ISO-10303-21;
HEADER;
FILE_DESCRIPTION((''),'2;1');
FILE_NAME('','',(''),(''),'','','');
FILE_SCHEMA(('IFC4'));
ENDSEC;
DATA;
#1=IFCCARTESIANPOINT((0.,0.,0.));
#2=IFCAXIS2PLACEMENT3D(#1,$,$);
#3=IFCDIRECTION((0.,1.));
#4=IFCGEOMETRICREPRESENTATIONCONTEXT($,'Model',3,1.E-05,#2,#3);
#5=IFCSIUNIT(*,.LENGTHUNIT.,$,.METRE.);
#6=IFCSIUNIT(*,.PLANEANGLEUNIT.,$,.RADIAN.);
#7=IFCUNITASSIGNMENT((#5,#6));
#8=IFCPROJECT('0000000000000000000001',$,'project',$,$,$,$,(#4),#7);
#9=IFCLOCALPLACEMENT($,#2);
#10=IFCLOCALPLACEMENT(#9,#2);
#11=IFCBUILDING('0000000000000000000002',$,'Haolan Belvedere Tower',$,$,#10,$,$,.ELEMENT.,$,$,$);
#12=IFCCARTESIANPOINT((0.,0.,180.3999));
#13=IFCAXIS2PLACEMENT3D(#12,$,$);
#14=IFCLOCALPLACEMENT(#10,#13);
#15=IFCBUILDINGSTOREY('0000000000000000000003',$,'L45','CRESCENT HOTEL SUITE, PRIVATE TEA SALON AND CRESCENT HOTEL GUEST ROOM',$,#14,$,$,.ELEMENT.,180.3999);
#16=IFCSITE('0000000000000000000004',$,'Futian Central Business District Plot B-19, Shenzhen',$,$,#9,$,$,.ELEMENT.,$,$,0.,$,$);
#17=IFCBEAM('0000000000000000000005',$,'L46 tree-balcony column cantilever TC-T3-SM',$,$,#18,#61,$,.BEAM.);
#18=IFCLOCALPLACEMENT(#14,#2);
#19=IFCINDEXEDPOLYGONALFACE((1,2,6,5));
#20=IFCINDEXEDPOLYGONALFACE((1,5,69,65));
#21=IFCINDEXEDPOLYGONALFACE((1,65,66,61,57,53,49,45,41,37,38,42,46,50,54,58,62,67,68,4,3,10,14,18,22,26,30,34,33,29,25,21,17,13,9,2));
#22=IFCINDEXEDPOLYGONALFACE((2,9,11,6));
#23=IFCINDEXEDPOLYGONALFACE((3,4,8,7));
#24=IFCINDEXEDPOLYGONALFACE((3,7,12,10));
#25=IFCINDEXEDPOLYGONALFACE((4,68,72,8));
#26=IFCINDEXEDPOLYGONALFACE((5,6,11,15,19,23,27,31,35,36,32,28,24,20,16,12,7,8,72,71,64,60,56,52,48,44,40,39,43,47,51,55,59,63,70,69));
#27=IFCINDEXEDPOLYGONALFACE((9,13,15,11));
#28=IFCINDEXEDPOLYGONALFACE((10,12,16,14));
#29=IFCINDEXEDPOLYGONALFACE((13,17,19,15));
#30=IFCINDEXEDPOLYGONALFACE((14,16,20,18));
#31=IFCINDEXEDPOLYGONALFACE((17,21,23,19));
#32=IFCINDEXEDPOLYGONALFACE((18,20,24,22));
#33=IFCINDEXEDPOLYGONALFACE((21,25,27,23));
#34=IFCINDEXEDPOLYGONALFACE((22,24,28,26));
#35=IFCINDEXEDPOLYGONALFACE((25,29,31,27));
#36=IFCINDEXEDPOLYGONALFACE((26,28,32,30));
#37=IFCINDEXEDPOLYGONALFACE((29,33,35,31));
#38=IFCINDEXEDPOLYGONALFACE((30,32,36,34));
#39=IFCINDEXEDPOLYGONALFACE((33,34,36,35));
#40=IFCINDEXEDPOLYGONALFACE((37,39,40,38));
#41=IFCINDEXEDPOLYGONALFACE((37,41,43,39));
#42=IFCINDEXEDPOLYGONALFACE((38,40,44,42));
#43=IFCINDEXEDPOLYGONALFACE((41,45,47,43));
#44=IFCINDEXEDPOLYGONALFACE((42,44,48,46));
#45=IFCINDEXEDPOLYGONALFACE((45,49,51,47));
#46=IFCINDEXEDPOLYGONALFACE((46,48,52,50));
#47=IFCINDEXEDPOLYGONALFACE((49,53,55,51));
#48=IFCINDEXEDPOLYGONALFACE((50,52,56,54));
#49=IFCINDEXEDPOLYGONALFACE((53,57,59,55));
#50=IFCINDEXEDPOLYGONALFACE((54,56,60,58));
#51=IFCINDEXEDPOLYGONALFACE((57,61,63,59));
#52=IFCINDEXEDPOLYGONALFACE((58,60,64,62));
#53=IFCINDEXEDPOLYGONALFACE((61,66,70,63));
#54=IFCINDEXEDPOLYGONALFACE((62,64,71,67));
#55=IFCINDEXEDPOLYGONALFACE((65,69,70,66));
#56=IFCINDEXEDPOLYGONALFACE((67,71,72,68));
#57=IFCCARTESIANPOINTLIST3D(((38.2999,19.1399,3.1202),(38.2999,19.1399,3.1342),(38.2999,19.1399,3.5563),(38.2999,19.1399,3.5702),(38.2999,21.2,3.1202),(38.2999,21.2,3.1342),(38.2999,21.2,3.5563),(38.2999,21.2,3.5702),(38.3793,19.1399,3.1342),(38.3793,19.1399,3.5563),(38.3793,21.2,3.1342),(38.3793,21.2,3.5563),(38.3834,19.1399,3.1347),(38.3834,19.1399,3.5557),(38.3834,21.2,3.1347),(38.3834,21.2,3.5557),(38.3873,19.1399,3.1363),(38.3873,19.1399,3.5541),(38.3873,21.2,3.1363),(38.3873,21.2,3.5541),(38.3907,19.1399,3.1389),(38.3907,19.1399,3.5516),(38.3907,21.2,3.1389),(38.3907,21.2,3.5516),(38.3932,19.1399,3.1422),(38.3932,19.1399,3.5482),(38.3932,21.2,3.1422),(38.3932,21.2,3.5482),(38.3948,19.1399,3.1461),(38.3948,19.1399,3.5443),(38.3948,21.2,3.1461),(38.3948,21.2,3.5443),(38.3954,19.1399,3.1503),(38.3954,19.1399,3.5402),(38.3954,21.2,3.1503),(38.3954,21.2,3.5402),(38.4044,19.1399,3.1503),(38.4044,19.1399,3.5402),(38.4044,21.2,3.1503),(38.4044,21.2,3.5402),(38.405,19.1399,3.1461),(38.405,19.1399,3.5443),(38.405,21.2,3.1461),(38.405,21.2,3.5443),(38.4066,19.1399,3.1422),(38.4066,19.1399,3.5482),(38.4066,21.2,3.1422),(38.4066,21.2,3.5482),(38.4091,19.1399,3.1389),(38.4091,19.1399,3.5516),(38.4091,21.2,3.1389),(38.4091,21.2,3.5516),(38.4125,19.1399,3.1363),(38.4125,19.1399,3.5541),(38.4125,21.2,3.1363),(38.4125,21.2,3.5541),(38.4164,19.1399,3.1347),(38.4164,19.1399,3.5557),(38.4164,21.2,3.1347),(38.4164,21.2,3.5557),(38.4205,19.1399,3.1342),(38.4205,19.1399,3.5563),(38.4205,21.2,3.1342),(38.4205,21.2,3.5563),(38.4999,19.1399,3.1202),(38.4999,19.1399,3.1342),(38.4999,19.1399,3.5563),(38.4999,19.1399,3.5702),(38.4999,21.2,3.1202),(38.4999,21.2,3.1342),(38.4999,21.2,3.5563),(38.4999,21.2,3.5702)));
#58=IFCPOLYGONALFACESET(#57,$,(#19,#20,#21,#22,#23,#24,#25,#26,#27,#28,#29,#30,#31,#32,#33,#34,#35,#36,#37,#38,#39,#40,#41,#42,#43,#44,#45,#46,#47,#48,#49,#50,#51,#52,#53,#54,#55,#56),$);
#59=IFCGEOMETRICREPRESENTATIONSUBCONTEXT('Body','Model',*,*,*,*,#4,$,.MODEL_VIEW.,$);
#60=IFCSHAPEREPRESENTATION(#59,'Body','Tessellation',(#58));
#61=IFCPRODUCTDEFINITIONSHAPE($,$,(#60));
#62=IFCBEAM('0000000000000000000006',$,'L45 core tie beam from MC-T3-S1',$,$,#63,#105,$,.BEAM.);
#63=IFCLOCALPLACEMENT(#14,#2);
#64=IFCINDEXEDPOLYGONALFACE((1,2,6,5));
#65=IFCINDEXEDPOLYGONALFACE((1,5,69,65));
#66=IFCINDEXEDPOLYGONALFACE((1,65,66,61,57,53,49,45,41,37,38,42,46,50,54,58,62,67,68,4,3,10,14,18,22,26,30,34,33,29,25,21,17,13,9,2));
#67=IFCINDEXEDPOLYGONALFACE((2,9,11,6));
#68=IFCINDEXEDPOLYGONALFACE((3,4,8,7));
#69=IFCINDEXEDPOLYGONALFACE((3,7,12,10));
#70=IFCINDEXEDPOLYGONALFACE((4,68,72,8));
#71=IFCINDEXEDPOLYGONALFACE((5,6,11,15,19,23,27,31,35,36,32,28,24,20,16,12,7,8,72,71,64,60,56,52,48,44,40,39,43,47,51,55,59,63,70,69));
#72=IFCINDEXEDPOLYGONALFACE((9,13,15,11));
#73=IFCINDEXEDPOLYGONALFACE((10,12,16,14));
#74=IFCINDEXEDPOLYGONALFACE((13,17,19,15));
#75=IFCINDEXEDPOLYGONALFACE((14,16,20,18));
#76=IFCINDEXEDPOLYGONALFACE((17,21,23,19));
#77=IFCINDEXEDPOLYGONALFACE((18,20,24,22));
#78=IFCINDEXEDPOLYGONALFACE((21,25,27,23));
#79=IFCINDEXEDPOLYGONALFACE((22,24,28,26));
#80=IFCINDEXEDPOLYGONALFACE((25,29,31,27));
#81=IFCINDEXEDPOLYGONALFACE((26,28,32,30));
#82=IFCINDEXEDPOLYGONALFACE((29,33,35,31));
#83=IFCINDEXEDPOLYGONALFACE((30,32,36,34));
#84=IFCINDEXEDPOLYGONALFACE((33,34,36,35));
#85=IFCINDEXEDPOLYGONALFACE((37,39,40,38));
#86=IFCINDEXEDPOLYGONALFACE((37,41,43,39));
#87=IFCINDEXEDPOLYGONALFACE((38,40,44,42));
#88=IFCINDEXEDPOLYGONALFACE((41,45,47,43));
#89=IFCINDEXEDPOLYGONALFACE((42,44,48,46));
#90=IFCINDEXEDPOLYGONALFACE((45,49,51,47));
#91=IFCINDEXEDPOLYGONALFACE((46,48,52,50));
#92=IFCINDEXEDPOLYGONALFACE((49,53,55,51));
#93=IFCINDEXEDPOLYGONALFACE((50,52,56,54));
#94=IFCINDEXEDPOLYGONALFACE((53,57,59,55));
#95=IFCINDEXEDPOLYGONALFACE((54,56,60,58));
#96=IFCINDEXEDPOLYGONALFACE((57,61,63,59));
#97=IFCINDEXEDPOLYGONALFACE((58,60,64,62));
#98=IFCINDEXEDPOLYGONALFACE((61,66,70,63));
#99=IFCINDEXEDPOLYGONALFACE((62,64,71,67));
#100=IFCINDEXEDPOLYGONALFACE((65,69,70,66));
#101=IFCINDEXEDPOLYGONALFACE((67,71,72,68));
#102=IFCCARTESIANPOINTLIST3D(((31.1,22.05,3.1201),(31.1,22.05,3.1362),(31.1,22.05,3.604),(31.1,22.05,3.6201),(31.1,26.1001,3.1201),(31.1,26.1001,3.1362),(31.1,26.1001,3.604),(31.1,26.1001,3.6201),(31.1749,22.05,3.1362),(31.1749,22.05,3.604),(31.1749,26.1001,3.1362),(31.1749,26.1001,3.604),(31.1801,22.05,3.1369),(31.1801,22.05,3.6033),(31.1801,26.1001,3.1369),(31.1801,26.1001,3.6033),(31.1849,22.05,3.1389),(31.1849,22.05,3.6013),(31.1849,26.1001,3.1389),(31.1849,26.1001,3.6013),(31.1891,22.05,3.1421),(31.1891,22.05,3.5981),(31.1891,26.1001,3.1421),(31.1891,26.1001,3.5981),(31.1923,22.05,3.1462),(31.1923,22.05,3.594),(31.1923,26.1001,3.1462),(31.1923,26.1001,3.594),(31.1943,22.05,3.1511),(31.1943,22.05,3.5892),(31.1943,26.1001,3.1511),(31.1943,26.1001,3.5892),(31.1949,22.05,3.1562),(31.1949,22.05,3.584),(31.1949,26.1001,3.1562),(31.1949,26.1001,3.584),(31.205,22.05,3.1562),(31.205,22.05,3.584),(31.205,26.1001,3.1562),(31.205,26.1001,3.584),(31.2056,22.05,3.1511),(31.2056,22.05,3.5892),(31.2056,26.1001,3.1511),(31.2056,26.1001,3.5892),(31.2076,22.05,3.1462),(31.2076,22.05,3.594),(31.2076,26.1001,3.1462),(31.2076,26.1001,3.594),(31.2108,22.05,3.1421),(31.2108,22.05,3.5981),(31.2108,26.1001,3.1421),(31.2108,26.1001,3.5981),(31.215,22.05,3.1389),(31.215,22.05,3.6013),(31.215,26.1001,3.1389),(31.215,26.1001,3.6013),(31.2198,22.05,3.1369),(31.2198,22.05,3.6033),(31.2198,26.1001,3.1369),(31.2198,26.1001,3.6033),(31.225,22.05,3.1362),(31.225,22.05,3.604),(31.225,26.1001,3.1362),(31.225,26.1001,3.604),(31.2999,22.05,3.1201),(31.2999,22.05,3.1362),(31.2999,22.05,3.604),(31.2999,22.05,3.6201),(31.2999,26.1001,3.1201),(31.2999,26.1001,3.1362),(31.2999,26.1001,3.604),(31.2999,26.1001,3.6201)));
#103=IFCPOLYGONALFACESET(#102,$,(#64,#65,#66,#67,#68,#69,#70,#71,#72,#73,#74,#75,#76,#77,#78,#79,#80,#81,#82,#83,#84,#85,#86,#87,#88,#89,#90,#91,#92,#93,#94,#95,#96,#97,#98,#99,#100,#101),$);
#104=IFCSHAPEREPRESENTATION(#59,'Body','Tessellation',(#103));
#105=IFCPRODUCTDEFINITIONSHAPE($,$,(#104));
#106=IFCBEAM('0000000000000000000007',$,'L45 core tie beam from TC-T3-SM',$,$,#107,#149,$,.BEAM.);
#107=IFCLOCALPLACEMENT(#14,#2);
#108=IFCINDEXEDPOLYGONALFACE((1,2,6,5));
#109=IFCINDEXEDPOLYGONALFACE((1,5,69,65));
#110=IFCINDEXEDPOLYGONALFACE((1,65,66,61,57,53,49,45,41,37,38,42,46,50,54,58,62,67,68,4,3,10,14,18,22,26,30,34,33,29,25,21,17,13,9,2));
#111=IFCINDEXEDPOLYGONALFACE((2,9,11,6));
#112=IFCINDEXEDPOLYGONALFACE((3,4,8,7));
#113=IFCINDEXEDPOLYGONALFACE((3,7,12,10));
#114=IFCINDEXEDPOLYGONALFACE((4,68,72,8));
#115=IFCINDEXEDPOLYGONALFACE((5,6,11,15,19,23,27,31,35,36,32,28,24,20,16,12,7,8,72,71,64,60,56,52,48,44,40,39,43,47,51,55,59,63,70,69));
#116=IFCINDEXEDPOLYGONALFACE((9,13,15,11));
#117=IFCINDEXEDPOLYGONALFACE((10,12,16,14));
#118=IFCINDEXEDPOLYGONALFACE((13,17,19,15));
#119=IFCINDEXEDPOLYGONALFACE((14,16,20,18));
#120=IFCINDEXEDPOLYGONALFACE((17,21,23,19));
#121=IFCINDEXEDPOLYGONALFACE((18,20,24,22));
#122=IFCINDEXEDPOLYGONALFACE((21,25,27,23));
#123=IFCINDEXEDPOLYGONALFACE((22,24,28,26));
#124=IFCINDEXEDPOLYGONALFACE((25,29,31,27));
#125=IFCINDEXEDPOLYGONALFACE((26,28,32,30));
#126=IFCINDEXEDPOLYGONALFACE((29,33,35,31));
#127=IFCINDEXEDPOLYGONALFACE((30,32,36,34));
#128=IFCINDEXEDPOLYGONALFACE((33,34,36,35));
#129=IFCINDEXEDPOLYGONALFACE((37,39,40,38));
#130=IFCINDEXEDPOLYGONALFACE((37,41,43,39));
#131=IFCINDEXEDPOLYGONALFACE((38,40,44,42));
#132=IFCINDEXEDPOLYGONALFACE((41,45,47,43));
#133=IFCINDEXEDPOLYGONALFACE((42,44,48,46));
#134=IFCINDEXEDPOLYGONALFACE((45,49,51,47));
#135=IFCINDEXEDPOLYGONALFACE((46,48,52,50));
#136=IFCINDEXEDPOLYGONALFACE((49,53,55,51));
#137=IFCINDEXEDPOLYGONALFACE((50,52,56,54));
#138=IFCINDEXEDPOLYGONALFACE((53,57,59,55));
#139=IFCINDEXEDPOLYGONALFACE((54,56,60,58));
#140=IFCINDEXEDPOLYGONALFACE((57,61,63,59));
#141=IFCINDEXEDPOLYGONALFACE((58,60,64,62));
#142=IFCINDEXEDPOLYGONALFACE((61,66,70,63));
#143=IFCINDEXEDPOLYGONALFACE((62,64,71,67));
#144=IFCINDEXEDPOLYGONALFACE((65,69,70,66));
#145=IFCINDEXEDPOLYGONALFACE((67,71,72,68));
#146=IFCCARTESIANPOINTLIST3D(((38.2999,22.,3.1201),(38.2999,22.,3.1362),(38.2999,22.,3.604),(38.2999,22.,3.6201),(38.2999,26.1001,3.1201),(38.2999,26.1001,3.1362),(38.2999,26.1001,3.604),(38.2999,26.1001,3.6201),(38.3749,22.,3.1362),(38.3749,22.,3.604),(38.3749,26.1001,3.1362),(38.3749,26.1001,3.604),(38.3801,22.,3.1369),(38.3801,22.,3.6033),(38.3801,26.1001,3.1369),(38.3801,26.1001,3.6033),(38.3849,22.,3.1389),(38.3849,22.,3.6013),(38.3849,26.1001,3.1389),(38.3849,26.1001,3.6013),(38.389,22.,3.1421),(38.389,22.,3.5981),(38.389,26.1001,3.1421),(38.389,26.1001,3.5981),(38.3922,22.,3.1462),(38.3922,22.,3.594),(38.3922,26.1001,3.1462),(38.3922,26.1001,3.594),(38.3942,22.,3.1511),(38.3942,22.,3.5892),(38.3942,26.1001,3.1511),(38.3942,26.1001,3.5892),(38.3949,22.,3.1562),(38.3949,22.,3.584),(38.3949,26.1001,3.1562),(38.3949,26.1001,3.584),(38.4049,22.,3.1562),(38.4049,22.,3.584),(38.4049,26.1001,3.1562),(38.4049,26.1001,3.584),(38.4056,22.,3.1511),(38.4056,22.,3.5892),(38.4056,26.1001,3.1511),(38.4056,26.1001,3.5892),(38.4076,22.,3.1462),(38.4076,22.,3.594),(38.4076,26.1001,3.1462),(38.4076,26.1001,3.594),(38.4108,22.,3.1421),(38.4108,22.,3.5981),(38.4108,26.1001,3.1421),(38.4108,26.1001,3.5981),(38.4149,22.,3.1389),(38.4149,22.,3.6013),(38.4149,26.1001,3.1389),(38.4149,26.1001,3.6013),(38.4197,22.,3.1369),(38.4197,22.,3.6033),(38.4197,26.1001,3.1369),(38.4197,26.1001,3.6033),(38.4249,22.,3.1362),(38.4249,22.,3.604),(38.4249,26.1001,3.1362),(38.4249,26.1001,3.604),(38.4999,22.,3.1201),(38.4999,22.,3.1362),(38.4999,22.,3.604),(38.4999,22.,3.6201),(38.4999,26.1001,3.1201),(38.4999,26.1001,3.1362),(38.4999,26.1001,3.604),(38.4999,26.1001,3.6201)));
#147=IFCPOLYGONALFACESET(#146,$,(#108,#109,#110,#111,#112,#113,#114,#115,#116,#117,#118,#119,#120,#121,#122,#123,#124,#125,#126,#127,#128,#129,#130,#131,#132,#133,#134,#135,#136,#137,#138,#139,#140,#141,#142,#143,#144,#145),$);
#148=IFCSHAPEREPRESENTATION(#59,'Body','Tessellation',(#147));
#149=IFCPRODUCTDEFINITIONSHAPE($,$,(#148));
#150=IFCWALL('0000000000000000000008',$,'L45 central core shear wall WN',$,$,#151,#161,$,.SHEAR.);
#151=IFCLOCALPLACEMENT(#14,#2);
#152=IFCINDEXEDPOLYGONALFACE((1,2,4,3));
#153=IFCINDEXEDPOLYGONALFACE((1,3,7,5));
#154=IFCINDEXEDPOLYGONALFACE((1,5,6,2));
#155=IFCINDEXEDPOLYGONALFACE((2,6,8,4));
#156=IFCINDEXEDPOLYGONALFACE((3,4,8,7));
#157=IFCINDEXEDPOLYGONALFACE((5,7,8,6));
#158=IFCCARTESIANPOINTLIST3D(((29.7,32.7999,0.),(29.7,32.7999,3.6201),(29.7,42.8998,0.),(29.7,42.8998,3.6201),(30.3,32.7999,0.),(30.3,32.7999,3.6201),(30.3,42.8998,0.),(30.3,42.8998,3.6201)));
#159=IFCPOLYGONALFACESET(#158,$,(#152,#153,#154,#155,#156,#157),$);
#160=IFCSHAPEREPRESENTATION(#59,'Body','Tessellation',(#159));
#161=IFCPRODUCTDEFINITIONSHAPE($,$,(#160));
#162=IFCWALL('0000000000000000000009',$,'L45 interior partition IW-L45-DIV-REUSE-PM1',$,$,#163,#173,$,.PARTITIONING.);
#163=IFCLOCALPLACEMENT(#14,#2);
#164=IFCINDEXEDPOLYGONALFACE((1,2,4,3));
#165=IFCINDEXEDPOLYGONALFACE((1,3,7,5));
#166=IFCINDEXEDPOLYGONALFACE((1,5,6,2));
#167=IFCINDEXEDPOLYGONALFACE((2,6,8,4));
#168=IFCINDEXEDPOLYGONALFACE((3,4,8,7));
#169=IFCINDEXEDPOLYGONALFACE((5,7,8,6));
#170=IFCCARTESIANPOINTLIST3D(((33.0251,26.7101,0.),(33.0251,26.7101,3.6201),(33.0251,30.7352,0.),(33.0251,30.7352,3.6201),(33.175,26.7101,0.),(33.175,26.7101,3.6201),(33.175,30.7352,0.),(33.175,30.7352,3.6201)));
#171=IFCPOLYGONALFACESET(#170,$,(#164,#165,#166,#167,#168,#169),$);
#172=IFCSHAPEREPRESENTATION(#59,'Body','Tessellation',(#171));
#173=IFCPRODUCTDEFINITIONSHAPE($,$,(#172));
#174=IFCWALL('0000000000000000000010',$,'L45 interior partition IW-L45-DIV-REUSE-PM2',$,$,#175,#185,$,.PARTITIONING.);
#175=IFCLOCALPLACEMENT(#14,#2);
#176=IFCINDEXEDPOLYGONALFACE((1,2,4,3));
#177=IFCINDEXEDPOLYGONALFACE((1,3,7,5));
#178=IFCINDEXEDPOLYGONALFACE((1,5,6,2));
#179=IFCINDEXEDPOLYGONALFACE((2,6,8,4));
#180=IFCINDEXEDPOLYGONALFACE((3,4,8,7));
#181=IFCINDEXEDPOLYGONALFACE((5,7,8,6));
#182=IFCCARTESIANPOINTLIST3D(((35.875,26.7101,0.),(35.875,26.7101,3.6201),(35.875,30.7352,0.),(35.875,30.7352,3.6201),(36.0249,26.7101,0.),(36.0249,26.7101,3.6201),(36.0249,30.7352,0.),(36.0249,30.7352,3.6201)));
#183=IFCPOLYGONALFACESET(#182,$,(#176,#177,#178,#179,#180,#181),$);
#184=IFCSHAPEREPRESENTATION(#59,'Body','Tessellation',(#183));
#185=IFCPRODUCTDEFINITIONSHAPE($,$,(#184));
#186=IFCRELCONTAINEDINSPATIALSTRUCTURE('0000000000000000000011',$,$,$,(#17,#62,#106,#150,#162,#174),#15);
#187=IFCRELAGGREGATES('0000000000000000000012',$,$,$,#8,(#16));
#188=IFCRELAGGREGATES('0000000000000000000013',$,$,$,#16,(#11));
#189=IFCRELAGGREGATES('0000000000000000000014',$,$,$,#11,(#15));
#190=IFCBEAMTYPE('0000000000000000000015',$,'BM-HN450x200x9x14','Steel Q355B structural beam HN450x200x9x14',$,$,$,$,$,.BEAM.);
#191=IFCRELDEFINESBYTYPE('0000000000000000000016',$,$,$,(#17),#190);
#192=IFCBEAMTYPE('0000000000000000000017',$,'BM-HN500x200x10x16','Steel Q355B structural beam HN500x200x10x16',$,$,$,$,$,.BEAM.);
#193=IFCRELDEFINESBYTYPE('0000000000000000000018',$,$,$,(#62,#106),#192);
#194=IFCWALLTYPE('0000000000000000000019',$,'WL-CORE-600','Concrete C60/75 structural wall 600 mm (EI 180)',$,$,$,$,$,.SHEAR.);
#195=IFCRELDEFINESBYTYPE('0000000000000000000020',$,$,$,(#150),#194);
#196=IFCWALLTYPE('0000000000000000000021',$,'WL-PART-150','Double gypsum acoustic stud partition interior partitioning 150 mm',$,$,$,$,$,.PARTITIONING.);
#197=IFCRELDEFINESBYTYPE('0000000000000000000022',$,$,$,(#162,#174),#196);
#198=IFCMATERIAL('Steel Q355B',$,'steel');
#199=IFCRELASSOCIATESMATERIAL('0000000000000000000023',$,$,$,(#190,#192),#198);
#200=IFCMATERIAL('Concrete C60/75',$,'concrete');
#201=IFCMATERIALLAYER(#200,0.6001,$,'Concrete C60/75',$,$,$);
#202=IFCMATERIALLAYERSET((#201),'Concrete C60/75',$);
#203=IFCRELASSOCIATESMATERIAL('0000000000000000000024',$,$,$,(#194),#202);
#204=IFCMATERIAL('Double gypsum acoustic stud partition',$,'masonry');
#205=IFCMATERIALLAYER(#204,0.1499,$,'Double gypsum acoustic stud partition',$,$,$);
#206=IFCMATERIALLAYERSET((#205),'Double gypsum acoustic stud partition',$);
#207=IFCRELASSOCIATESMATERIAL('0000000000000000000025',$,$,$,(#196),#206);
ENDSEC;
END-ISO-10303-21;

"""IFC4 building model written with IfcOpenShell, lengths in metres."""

from ifc_helpers import new_model, si_unit, direction, frame, frame_2d, origin, origin_2d, place, context, subcontext, project, spatial, rectangle, i_section, extrude, material, layer, layer_set, material_profile, profile_set, type_object, element, save


model = new_model("IFC4")

# Units and contexts
model_context = context("Model", 3, precision=1e-05, world=origin(), true_north=direction((0.0, 1.0)))
body_context = subcontext(model_context, "Body", "Model", "MODEL_VIEW")
ifc_project = project(units=[si_unit("LENGTHUNIT", "METRE"), si_unit("PLANEANGLEUNIT", "RADIAN")], contexts=[model_context])

# Site, building, storey
site_placement = place(None, origin())
site = spatial("IfcSite", under=ifc_project, at=site_placement, Name="Futian Central Business District Plot B-19, Shenzhen", CompositionType="ELEMENT", RefElevation=0.0)
building_placement = place(site_placement, origin())
building = spatial("IfcBuilding", under=site, at=building_placement, Name="Haolan Belvedere Tower", CompositionType="ELEMENT")
storey_placement = place(building_placement, frame((0.0, 0.0, 180.3999)))
storey = spatial("IfcBuildingStorey", under=building, at=storey_placement, Name="L45", Description="CRESCENT HOTEL SUITE, PRIVATE TEA SALON AND CRESCENT HOTEL GUEST ROOM", CompositionType="ELEMENT", Elevation=180.3999)

# Beams
ifc_material_1 = material(Name="Steel Q355B", Category="steel")
ifc_material_profile_1 = material_profile(ifc_material_1, i_section(OverallWidth=0.2, OverallDepth=0.45, WebThickness=0.009, FlangeThickness=0.0139, FilletRadius=0.0161, at=origin_2d()), Name="Steel Q355B")
ifc_profile_set_1 = profile_set([ifc_material_profile_1], Name="Steel Q355B")
beam_type_1 = type_object("IfcBeamType", Name="BM-HN450x200x9x14", Description="Steel Q355B structural beam HN450x200x9x14", PredefinedType="BEAM", material=ifc_profile_set_1)
beam_1_placement = place(storey_placement, frame((38.3999, 21.2, 3.3452), z_axis=(0.0, -1.0, 0.0), x_axis=(1.0, 0.0, 0.0)))
element("IfcBeam", 1, at=beam_1_placement, inside=storey, type_object=beam_type_1, Name="L46 tree-balcony column cantilever TC-T3-SM", PredefinedType="BEAM", context=body_context, shape_type="SweptSolid", body=[
    extrude(i_section(OverallWidth=0.2, OverallDepth=0.45, WebThickness=0.009, FlangeThickness=0.0139, FilletRadius=0.0161, at=origin_2d()), origin(), (0.0, 0.0, 1.0), 2.0601),
])
ifc_material_profile_2 = material_profile(ifc_material_1, i_section(OverallWidth=0.2, OverallDepth=0.5, WebThickness=0.01, FlangeThickness=0.0161, FilletRadius=0.02, at=origin_2d()), Name="Steel Q355B")
ifc_profile_set_2 = profile_set([ifc_material_profile_2], Name="Steel Q355B")
beam_type_2 = type_object("IfcBeamType", Name="BM-HN500x200x10x16", Description="Steel Q355B structural beam HN500x200x10x16", PredefinedType="BEAM", material=ifc_profile_set_2)
beam_2_placement = place(storey_placement, frame((31.2, 22.05, 3.3701), z_axis=(0.0, 1.0, 0.0), x_axis=(-1.0, 0.0, 0.0)))
element("IfcBeam", 2, at=beam_2_placement, inside=storey, type_object=beam_type_2, Name="L45 core tie beam from MC-T3-S1", PredefinedType="BEAM", context=body_context, shape_type="SweptSolid", body=[
    extrude(i_section(OverallWidth=0.2, OverallDepth=0.5, WebThickness=0.01, FlangeThickness=0.0161, FilletRadius=0.02, at=origin_2d()), origin(), (0.0, 0.0, 1.0), 4.05),
])
beam_3_placement = place(storey_placement, frame((38.3999, 22.0, 3.3701), z_axis=(0.0, 1.0, 0.0), x_axis=(-1.0, 0.0, 0.0)))
element("IfcBeam", 3, at=beam_3_placement, inside=storey, type_object=beam_type_2, Name="L45 core tie beam from TC-T3-SM", PredefinedType="BEAM", context=body_context, shape_type="SweptSolid", body=[
    extrude(i_section(OverallWidth=0.2, OverallDepth=0.5, WebThickness=0.01, FlangeThickness=0.0161, FilletRadius=0.02, at=origin_2d()), origin(), (0.0, 0.0, 1.0), 4.1001),
])

# Walls
ifc_material_2 = material(Name="Concrete C60/75", Category="concrete")
ifc_layer_1 = layer(ifc_material_2, 0.6001, Name="Concrete C60/75")
ifc_layer_set_1 = layer_set([ifc_layer_1], Name="Concrete C60/75")
wall_type_1 = type_object("IfcWallType", Name="WL-CORE-600", Description="Concrete C60/75 structural wall 600 mm (EI 180)", PredefinedType="SHEAR", material=ifc_layer_set_1)
wall_1_placement = place(storey_placement, frame((30.0, 32.8, 0.0), z_axis=(0.0, 0.0, 1.0), x_axis=(0.0, 1.0, 0.0)))
element("IfcWall", 4, at=wall_1_placement, inside=storey, type_object=wall_type_1, Name="L45 central core shear wall WN", PredefinedType="SHEAR", context=body_context, shape_type="SweptSolid", body=[
    extrude(rectangle(XDim=10.0999, YDim=0.6001, at=frame_2d((5.0498, 0.0))), origin(), (0.0, 0.0, 1.0), 3.6201),
])
ifc_material_3 = material(Name="Double gypsum acoustic stud partition", Category="masonry")
ifc_layer_2 = layer(ifc_material_3, 0.1499, Name="Double gypsum acoustic stud partition")
ifc_layer_set_2 = layer_set([ifc_layer_2], Name="Double gypsum acoustic stud partition")
wall_type_2 = type_object("IfcWallType", Name="WL-PART-150", Description="Double gypsum acoustic stud partition interior partitioning 150 mm", PredefinedType="PARTITIONING", material=ifc_layer_set_2)
for number, where, z_axis, x_axis, name in (
    (5, (33.1001, 26.71, 0.0), (0.0, 0.0, 1.0), (0.0, 1.0, 0.0), "L45 interior partition IW-L45-DIV-REUSE-PM1"),
    (6, (35.95, 26.71, 0.0), (0.0, 0.0, 1.0), (0.0, 1.0, 0.0), "L45 interior partition IW-L45-DIV-REUSE-PM2"),
):
    element("IfcWall", number, at=place(storey_placement, frame(where, z_axis=z_axis, x_axis=x_axis)), inside=storey, type_object=wall_type_2, Name=name, PredefinedType="PARTITIONING", context=body_context, shape_type="SweptSolid", body=[
        extrude(rectangle(XDim=4.0251, YDim=0.1499, at=frame_2d((2.0127, 0.0))), origin(), (0.0, 0.0, 1.0), 3.6201),
    ])

save(model, "model.ifc")
